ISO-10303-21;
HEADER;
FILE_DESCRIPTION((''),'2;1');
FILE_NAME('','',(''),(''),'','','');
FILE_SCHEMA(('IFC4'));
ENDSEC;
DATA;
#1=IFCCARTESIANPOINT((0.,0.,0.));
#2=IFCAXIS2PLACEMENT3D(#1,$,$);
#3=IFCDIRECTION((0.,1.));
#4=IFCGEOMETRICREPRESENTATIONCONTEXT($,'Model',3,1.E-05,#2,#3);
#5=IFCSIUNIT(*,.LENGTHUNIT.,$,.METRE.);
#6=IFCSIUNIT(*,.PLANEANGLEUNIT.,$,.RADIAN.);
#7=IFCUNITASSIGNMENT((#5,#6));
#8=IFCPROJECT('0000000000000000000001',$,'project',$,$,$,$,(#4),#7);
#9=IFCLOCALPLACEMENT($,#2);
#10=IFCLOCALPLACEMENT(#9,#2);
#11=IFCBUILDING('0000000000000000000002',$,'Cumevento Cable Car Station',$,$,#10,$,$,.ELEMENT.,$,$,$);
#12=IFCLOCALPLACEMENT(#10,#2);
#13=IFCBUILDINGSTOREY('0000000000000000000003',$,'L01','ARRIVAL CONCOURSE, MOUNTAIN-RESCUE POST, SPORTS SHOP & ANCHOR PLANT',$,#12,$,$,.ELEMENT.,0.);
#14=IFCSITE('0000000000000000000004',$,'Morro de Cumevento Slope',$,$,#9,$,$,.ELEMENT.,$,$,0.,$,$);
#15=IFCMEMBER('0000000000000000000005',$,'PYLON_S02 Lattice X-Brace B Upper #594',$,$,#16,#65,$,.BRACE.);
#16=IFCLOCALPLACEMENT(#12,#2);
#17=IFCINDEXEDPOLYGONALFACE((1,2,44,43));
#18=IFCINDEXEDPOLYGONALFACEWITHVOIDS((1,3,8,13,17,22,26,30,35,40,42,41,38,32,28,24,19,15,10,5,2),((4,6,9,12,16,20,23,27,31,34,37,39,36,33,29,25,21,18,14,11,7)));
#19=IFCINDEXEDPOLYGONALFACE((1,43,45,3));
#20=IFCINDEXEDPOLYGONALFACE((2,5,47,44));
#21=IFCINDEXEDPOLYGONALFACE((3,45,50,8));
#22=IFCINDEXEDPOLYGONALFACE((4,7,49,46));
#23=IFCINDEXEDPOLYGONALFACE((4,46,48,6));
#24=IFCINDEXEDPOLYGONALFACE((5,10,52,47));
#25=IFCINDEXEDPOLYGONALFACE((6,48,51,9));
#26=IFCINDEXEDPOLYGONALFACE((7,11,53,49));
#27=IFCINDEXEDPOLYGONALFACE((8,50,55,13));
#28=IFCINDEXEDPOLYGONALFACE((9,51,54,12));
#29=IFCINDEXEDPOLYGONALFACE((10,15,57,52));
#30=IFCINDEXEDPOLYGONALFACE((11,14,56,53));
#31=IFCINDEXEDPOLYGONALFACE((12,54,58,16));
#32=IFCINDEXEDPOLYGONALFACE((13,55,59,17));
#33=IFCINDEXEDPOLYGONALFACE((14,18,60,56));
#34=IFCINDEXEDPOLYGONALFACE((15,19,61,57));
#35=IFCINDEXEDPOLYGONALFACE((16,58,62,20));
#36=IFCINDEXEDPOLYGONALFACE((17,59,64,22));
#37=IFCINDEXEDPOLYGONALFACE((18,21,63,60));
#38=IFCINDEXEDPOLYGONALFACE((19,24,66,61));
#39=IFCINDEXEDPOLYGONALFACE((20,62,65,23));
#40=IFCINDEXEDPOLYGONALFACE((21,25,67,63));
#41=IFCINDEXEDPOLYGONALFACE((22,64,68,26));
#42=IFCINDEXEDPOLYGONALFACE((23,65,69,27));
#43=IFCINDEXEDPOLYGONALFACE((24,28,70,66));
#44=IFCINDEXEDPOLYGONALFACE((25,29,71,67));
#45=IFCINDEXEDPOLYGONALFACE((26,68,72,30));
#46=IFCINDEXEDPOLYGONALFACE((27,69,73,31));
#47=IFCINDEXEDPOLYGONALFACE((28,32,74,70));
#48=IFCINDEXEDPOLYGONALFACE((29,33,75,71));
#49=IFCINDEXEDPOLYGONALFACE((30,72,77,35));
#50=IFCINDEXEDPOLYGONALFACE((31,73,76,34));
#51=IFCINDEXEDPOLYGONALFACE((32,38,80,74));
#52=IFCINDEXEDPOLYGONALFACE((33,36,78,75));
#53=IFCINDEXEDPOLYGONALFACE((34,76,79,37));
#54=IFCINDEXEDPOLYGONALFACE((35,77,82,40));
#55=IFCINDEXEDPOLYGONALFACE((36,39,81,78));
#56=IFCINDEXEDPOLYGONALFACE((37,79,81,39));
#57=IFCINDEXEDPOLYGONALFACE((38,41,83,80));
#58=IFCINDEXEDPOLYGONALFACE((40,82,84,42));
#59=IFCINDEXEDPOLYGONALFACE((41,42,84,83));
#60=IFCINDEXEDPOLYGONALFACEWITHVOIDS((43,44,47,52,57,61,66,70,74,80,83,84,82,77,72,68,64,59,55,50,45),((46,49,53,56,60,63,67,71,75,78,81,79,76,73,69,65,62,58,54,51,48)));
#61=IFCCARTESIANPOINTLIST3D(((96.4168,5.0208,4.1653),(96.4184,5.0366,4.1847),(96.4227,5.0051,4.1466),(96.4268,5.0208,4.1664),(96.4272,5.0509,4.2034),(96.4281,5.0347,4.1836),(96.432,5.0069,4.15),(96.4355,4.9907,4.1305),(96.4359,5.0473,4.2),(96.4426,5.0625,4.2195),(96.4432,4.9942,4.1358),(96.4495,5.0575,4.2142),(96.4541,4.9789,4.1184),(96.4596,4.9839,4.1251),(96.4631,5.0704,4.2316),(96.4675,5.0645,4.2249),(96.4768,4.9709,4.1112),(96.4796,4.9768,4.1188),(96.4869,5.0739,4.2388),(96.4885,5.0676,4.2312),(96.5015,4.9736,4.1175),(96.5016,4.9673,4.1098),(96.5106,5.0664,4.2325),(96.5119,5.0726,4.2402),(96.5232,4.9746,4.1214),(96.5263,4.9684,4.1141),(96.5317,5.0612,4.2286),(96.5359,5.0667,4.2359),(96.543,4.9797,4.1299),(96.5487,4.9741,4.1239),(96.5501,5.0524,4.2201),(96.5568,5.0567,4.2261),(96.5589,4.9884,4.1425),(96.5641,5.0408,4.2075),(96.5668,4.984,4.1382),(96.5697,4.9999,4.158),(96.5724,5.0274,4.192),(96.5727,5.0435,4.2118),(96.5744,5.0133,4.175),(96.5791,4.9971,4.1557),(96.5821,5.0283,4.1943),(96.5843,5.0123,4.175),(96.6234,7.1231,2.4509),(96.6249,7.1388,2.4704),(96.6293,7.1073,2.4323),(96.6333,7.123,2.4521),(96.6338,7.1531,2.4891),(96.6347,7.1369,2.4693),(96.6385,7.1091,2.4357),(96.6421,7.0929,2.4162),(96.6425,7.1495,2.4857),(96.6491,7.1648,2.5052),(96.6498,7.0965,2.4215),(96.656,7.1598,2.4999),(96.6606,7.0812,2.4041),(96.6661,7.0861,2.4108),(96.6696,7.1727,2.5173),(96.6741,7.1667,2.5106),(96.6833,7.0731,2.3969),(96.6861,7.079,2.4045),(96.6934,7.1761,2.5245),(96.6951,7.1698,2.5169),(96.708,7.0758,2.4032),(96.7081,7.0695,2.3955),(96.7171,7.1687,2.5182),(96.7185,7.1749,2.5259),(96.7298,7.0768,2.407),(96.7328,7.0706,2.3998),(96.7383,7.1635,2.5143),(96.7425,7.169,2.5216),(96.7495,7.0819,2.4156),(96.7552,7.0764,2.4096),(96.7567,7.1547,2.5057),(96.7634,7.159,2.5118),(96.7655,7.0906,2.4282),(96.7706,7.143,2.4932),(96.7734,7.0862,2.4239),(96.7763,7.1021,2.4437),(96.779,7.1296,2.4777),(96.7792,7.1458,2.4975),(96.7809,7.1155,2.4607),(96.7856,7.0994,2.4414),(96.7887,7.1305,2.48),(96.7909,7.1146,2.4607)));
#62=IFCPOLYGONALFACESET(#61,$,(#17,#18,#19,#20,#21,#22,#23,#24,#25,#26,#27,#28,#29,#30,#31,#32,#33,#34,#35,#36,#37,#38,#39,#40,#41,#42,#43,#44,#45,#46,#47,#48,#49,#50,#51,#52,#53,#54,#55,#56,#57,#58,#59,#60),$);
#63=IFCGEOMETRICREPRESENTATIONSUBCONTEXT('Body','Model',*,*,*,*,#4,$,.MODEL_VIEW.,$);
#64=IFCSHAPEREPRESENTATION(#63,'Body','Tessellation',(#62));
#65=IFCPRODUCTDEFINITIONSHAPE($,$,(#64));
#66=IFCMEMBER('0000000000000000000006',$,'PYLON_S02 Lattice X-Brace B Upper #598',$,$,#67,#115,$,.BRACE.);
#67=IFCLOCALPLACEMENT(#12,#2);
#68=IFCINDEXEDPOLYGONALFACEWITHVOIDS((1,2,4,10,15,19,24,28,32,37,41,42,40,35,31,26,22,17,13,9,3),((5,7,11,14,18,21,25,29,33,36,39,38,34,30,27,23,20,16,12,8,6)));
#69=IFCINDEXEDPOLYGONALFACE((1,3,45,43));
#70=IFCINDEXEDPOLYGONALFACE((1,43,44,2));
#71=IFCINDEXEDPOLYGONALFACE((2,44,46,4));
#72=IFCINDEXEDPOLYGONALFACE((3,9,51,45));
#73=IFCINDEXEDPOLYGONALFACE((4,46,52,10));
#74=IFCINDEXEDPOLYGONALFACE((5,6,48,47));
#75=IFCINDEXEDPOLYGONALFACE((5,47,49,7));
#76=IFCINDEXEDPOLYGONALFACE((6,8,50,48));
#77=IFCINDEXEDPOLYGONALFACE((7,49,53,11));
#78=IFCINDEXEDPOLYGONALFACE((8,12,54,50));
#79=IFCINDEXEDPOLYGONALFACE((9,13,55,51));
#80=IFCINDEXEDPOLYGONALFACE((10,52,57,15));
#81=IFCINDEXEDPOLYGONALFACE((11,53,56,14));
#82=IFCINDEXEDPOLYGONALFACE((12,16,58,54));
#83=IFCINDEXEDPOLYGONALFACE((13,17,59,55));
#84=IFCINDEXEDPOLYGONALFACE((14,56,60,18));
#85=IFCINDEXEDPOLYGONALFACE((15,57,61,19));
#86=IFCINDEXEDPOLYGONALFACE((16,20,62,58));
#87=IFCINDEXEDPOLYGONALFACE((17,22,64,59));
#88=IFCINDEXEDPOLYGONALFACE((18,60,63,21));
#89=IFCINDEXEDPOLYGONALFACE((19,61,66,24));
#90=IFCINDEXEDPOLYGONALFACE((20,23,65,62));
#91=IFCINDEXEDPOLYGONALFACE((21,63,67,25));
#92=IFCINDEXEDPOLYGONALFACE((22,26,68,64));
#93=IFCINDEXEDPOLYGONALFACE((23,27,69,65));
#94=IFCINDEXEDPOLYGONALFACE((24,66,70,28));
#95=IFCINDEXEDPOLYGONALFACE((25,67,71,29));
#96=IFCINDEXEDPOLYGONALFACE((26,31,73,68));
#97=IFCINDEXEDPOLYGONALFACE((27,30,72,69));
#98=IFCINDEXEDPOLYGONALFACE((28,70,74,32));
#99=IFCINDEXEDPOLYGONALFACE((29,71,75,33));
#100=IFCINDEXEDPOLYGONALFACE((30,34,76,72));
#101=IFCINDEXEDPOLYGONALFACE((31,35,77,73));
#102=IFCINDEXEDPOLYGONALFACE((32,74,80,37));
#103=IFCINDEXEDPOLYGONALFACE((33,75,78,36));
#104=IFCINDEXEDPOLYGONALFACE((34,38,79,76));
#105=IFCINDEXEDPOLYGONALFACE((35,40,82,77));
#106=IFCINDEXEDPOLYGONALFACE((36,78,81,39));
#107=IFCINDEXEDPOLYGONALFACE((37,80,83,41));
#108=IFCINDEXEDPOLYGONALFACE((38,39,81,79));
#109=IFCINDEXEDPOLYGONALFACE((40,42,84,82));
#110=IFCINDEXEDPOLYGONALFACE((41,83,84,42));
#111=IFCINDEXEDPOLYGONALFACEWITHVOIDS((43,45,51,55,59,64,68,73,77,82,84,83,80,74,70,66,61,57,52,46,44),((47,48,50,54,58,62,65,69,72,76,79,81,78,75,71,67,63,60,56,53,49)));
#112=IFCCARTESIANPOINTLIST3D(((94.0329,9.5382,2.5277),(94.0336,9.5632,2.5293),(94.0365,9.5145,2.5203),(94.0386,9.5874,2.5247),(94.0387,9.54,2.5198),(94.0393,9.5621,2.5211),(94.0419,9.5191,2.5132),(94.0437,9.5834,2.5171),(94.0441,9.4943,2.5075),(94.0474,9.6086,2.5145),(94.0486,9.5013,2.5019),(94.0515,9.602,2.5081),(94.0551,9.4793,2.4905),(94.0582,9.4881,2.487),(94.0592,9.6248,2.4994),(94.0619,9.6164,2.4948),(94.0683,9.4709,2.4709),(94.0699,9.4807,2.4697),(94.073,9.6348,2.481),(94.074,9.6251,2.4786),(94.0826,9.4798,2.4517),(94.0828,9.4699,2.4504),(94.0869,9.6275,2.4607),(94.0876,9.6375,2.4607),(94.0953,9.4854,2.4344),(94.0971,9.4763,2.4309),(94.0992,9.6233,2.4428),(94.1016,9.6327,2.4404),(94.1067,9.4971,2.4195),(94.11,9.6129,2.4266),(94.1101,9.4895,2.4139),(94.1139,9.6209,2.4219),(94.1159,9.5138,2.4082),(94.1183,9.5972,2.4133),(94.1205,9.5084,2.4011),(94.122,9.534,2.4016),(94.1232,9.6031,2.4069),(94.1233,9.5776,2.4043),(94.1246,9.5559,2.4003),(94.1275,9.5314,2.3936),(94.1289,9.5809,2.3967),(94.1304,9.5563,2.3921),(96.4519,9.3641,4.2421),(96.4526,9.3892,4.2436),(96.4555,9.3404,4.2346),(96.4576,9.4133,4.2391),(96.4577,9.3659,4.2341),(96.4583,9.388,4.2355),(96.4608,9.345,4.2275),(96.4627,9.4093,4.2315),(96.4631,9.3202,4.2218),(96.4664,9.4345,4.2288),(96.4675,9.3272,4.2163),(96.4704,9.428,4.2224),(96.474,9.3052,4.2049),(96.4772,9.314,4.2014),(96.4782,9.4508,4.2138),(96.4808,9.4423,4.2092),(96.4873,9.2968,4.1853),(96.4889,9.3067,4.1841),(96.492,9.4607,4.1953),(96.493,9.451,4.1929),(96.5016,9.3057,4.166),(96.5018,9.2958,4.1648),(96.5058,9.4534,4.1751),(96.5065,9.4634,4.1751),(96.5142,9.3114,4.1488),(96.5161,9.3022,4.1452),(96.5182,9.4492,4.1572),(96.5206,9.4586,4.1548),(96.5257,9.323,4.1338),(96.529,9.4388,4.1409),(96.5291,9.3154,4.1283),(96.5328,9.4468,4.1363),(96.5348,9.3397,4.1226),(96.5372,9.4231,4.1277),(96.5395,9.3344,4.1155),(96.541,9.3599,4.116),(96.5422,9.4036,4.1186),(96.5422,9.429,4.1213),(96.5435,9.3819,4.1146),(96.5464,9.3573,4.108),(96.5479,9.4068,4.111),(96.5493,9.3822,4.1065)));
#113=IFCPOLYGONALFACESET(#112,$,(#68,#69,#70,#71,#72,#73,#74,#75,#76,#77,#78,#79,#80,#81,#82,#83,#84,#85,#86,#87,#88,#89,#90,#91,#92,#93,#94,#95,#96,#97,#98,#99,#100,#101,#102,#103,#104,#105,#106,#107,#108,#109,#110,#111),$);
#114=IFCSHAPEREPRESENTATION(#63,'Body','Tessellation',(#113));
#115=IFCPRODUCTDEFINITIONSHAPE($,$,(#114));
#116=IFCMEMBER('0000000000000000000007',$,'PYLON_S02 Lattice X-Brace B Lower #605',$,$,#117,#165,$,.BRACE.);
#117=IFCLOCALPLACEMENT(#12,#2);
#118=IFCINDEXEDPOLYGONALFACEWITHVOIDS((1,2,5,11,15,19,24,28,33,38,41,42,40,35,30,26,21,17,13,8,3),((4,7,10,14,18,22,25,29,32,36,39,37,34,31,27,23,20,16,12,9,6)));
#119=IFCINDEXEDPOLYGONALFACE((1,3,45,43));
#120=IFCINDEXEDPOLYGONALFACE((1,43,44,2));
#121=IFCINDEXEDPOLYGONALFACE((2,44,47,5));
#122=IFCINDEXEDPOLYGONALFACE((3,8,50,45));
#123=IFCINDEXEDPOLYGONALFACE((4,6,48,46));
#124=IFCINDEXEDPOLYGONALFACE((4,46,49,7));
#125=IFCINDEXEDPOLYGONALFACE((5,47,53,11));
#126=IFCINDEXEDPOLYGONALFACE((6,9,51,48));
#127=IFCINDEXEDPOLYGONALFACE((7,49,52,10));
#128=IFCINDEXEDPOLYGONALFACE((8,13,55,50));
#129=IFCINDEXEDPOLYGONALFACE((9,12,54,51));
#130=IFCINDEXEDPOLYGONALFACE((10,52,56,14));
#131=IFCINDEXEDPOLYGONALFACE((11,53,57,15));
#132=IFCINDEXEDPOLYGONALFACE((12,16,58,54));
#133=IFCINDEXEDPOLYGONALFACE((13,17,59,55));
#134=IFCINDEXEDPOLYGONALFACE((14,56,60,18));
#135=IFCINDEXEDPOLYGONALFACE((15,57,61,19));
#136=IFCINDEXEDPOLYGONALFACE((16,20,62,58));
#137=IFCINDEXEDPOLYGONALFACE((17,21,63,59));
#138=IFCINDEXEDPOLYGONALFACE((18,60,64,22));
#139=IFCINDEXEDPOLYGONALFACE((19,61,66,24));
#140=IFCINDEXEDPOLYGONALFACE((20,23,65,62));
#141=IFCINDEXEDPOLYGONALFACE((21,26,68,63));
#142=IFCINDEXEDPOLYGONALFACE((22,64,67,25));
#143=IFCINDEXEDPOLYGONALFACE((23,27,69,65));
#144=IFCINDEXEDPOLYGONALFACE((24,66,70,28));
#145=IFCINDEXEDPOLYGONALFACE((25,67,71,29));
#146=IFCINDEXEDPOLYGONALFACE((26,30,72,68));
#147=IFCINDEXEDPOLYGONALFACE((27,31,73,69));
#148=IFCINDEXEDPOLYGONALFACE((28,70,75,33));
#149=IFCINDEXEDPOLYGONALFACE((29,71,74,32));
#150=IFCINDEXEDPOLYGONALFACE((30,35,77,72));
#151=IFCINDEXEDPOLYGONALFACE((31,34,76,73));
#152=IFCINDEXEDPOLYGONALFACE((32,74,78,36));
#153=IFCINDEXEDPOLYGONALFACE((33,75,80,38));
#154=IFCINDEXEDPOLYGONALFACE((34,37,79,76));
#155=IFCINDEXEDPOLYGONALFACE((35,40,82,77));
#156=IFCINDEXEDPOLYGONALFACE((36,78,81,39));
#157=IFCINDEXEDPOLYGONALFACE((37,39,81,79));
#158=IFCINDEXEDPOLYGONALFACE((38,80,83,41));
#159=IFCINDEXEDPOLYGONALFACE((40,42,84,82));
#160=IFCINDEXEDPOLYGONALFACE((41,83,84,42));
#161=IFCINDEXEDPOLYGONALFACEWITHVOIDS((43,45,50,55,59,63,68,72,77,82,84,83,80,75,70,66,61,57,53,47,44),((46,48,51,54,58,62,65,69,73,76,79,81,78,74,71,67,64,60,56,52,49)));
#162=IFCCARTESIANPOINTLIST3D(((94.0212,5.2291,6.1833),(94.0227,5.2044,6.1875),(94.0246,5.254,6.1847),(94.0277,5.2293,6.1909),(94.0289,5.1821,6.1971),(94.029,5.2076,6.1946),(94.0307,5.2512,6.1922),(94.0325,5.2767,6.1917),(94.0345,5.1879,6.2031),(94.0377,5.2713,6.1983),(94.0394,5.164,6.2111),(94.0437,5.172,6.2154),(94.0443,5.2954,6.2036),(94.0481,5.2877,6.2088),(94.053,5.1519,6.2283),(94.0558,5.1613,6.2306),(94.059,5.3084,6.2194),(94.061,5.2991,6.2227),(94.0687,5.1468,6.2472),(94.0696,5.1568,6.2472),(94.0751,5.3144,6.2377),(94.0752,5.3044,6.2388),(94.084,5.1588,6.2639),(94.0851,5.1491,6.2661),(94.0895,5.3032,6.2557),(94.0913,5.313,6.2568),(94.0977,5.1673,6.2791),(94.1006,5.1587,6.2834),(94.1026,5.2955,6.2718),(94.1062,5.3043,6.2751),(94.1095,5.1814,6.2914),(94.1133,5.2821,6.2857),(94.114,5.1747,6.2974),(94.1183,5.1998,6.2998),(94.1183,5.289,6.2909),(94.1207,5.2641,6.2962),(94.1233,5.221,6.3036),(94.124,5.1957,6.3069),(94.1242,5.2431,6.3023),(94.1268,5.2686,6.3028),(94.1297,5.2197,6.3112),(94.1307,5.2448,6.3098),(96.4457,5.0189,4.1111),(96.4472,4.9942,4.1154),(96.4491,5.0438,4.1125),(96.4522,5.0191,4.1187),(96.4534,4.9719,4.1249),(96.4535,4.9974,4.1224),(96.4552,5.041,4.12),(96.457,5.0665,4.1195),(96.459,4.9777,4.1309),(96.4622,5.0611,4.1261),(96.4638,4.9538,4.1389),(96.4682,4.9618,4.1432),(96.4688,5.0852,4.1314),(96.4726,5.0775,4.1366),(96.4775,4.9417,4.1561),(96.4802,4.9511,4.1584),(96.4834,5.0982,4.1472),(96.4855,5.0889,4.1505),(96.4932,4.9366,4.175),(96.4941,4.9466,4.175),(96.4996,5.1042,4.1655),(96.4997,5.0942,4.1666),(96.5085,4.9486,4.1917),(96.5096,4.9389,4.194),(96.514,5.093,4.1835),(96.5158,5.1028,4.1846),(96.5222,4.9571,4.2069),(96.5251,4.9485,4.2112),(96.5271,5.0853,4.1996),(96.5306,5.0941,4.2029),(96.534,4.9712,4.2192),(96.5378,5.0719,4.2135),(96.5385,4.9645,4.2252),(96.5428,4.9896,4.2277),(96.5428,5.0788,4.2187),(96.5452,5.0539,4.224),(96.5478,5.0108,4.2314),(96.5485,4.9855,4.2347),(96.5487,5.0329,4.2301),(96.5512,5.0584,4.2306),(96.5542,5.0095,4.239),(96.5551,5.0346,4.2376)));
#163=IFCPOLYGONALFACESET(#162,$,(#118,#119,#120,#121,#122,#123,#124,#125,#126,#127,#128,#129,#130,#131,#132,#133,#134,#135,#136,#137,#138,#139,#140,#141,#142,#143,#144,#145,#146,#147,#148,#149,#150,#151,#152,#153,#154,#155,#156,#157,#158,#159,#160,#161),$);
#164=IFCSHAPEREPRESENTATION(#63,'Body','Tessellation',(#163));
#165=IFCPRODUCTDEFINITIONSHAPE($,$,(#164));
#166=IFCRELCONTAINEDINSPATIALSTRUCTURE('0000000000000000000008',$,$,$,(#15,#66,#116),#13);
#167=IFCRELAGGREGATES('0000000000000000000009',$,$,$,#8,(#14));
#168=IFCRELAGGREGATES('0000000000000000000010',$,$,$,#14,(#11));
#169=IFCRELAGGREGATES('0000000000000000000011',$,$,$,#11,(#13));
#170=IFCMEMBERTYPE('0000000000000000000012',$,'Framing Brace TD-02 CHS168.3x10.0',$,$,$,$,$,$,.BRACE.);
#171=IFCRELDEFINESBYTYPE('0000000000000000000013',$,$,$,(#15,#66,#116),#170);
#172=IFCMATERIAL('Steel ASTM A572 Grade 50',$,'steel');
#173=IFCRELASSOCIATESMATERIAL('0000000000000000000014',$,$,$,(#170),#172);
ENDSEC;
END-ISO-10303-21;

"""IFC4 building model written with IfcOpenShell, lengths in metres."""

from ifc_helpers import new_model, si_unit, direction, frame, origin, origin_2d, place, context, subcontext, project, spatial, hollow_circle, extrude, material, material_profile, profile_set, type_object, element, save


model = new_model("IFC4")

# Units and contexts
model_context = context("Model", 3, precision=1e-05, world=origin(), true_north=direction((0.0, 1.0)))
body_context = subcontext(model_context, "Body", "Model", "MODEL_VIEW")
ifc_project = project(units=[si_unit("LENGTHUNIT", "METRE"), si_unit("PLANEANGLEUNIT", "RADIAN")], contexts=[model_context])

# Site, building, storey
site_placement = place(None, origin())
site = spatial("IfcSite", under=ifc_project, at=site_placement, Name="Morro de Cumevento Slope", CompositionType="ELEMENT", RefElevation=0.0)
building_placement = place(site_placement, origin())
building = spatial("IfcBuilding", under=site, at=building_placement, Name="Cumevento Cable Car Station", CompositionType="ELEMENT")
storey_placement = place(building_placement, origin())
storey = spatial("IfcBuildingStorey", under=building, at=storey_placement, Name="L01", Description="ARRIVAL CONCOURSE, MOUNTAIN-RESCUE POST, SPORTS SHOP & ANCHOR PLANT", CompositionType="ELEMENT", Elevation=0.0)

# Members
ifc_material_1 = material(Name="Steel ASTM A572 Grade 50", Category="steel")
ifc_material_profile_1 = material_profile(ifc_material_1, hollow_circle(Radius=0.0842, WallThickness=0.01, at=origin_2d()), Name="CHS168.3x10.0")
ifc_profile_set_1 = profile_set([ifc_material_profile_1], Name="Steel ASTM A572 Grade 50")
member_type_1 = type_object("IfcMemberType", Name="Framing Brace TD-02 CHS168.3x10.0", PredefinedType="BRACE", material=ifc_profile_set_1)
member_1_placement = place(storey_placement, frame((96.707, 7.1228, 2.4607), z_axis=(-0.07592, -0.77275, 0.630153), x_axis=(0.995208, -0.097776, 0.0)))
element("IfcMember", 1, at=member_1_placement, inside=storey, type_object=member_type_1, Name="PYLON_S02 Lattice X-Brace B Upper #594", PredefinedType="BRACE", context=body_context, shape_type="SweptSolid", body=[
    extrude(hollow_circle(Radius=0.0842, WallThickness=0.01, at=origin_2d()), origin(), (0.0, 0.0, 1.0), 2.7205),
])
member_2_placement = place(storey_placement, frame((94.0815, 9.5535, 2.4607), z_axis=(0.814473, -0.058611, 0.577233), x_axis=(0.071776, 0.997421, 0.0)))
element("IfcMember", 2, at=member_2_placement, inside=storey, type_object=member_type_1, Name="PYLON_S02 Lattice X-Brace B Upper #598", PredefinedType="BRACE", context=body_context, shape_type="SweptSolid", body=[
    extrude(hollow_circle(Radius=0.0842, WallThickness=0.01, at=origin_2d()), origin(), (0.0, 0.0, 1.0), 2.97),
])
member_3_placement = place(storey_placement, frame((96.5005, 5.0205, 4.175), z_axis=(-0.758529, 0.065763, 0.648313), x_axis=(-0.086374, -0.996263, 0.0)))
element("IfcMember", 3, at=member_3_placement, inside=storey, type_object=member_type_1, Name="PYLON_S02 Lattice X-Brace B Lower #605", PredefinedType="BRACE", context=body_context, shape_type="SweptSolid", body=[
    extrude(hollow_circle(Radius=0.0842, WallThickness=0.01, at=origin_2d()), origin(), (0.0, 0.0, 1.0), 3.1963),
])

save(model, "model.ifc")
